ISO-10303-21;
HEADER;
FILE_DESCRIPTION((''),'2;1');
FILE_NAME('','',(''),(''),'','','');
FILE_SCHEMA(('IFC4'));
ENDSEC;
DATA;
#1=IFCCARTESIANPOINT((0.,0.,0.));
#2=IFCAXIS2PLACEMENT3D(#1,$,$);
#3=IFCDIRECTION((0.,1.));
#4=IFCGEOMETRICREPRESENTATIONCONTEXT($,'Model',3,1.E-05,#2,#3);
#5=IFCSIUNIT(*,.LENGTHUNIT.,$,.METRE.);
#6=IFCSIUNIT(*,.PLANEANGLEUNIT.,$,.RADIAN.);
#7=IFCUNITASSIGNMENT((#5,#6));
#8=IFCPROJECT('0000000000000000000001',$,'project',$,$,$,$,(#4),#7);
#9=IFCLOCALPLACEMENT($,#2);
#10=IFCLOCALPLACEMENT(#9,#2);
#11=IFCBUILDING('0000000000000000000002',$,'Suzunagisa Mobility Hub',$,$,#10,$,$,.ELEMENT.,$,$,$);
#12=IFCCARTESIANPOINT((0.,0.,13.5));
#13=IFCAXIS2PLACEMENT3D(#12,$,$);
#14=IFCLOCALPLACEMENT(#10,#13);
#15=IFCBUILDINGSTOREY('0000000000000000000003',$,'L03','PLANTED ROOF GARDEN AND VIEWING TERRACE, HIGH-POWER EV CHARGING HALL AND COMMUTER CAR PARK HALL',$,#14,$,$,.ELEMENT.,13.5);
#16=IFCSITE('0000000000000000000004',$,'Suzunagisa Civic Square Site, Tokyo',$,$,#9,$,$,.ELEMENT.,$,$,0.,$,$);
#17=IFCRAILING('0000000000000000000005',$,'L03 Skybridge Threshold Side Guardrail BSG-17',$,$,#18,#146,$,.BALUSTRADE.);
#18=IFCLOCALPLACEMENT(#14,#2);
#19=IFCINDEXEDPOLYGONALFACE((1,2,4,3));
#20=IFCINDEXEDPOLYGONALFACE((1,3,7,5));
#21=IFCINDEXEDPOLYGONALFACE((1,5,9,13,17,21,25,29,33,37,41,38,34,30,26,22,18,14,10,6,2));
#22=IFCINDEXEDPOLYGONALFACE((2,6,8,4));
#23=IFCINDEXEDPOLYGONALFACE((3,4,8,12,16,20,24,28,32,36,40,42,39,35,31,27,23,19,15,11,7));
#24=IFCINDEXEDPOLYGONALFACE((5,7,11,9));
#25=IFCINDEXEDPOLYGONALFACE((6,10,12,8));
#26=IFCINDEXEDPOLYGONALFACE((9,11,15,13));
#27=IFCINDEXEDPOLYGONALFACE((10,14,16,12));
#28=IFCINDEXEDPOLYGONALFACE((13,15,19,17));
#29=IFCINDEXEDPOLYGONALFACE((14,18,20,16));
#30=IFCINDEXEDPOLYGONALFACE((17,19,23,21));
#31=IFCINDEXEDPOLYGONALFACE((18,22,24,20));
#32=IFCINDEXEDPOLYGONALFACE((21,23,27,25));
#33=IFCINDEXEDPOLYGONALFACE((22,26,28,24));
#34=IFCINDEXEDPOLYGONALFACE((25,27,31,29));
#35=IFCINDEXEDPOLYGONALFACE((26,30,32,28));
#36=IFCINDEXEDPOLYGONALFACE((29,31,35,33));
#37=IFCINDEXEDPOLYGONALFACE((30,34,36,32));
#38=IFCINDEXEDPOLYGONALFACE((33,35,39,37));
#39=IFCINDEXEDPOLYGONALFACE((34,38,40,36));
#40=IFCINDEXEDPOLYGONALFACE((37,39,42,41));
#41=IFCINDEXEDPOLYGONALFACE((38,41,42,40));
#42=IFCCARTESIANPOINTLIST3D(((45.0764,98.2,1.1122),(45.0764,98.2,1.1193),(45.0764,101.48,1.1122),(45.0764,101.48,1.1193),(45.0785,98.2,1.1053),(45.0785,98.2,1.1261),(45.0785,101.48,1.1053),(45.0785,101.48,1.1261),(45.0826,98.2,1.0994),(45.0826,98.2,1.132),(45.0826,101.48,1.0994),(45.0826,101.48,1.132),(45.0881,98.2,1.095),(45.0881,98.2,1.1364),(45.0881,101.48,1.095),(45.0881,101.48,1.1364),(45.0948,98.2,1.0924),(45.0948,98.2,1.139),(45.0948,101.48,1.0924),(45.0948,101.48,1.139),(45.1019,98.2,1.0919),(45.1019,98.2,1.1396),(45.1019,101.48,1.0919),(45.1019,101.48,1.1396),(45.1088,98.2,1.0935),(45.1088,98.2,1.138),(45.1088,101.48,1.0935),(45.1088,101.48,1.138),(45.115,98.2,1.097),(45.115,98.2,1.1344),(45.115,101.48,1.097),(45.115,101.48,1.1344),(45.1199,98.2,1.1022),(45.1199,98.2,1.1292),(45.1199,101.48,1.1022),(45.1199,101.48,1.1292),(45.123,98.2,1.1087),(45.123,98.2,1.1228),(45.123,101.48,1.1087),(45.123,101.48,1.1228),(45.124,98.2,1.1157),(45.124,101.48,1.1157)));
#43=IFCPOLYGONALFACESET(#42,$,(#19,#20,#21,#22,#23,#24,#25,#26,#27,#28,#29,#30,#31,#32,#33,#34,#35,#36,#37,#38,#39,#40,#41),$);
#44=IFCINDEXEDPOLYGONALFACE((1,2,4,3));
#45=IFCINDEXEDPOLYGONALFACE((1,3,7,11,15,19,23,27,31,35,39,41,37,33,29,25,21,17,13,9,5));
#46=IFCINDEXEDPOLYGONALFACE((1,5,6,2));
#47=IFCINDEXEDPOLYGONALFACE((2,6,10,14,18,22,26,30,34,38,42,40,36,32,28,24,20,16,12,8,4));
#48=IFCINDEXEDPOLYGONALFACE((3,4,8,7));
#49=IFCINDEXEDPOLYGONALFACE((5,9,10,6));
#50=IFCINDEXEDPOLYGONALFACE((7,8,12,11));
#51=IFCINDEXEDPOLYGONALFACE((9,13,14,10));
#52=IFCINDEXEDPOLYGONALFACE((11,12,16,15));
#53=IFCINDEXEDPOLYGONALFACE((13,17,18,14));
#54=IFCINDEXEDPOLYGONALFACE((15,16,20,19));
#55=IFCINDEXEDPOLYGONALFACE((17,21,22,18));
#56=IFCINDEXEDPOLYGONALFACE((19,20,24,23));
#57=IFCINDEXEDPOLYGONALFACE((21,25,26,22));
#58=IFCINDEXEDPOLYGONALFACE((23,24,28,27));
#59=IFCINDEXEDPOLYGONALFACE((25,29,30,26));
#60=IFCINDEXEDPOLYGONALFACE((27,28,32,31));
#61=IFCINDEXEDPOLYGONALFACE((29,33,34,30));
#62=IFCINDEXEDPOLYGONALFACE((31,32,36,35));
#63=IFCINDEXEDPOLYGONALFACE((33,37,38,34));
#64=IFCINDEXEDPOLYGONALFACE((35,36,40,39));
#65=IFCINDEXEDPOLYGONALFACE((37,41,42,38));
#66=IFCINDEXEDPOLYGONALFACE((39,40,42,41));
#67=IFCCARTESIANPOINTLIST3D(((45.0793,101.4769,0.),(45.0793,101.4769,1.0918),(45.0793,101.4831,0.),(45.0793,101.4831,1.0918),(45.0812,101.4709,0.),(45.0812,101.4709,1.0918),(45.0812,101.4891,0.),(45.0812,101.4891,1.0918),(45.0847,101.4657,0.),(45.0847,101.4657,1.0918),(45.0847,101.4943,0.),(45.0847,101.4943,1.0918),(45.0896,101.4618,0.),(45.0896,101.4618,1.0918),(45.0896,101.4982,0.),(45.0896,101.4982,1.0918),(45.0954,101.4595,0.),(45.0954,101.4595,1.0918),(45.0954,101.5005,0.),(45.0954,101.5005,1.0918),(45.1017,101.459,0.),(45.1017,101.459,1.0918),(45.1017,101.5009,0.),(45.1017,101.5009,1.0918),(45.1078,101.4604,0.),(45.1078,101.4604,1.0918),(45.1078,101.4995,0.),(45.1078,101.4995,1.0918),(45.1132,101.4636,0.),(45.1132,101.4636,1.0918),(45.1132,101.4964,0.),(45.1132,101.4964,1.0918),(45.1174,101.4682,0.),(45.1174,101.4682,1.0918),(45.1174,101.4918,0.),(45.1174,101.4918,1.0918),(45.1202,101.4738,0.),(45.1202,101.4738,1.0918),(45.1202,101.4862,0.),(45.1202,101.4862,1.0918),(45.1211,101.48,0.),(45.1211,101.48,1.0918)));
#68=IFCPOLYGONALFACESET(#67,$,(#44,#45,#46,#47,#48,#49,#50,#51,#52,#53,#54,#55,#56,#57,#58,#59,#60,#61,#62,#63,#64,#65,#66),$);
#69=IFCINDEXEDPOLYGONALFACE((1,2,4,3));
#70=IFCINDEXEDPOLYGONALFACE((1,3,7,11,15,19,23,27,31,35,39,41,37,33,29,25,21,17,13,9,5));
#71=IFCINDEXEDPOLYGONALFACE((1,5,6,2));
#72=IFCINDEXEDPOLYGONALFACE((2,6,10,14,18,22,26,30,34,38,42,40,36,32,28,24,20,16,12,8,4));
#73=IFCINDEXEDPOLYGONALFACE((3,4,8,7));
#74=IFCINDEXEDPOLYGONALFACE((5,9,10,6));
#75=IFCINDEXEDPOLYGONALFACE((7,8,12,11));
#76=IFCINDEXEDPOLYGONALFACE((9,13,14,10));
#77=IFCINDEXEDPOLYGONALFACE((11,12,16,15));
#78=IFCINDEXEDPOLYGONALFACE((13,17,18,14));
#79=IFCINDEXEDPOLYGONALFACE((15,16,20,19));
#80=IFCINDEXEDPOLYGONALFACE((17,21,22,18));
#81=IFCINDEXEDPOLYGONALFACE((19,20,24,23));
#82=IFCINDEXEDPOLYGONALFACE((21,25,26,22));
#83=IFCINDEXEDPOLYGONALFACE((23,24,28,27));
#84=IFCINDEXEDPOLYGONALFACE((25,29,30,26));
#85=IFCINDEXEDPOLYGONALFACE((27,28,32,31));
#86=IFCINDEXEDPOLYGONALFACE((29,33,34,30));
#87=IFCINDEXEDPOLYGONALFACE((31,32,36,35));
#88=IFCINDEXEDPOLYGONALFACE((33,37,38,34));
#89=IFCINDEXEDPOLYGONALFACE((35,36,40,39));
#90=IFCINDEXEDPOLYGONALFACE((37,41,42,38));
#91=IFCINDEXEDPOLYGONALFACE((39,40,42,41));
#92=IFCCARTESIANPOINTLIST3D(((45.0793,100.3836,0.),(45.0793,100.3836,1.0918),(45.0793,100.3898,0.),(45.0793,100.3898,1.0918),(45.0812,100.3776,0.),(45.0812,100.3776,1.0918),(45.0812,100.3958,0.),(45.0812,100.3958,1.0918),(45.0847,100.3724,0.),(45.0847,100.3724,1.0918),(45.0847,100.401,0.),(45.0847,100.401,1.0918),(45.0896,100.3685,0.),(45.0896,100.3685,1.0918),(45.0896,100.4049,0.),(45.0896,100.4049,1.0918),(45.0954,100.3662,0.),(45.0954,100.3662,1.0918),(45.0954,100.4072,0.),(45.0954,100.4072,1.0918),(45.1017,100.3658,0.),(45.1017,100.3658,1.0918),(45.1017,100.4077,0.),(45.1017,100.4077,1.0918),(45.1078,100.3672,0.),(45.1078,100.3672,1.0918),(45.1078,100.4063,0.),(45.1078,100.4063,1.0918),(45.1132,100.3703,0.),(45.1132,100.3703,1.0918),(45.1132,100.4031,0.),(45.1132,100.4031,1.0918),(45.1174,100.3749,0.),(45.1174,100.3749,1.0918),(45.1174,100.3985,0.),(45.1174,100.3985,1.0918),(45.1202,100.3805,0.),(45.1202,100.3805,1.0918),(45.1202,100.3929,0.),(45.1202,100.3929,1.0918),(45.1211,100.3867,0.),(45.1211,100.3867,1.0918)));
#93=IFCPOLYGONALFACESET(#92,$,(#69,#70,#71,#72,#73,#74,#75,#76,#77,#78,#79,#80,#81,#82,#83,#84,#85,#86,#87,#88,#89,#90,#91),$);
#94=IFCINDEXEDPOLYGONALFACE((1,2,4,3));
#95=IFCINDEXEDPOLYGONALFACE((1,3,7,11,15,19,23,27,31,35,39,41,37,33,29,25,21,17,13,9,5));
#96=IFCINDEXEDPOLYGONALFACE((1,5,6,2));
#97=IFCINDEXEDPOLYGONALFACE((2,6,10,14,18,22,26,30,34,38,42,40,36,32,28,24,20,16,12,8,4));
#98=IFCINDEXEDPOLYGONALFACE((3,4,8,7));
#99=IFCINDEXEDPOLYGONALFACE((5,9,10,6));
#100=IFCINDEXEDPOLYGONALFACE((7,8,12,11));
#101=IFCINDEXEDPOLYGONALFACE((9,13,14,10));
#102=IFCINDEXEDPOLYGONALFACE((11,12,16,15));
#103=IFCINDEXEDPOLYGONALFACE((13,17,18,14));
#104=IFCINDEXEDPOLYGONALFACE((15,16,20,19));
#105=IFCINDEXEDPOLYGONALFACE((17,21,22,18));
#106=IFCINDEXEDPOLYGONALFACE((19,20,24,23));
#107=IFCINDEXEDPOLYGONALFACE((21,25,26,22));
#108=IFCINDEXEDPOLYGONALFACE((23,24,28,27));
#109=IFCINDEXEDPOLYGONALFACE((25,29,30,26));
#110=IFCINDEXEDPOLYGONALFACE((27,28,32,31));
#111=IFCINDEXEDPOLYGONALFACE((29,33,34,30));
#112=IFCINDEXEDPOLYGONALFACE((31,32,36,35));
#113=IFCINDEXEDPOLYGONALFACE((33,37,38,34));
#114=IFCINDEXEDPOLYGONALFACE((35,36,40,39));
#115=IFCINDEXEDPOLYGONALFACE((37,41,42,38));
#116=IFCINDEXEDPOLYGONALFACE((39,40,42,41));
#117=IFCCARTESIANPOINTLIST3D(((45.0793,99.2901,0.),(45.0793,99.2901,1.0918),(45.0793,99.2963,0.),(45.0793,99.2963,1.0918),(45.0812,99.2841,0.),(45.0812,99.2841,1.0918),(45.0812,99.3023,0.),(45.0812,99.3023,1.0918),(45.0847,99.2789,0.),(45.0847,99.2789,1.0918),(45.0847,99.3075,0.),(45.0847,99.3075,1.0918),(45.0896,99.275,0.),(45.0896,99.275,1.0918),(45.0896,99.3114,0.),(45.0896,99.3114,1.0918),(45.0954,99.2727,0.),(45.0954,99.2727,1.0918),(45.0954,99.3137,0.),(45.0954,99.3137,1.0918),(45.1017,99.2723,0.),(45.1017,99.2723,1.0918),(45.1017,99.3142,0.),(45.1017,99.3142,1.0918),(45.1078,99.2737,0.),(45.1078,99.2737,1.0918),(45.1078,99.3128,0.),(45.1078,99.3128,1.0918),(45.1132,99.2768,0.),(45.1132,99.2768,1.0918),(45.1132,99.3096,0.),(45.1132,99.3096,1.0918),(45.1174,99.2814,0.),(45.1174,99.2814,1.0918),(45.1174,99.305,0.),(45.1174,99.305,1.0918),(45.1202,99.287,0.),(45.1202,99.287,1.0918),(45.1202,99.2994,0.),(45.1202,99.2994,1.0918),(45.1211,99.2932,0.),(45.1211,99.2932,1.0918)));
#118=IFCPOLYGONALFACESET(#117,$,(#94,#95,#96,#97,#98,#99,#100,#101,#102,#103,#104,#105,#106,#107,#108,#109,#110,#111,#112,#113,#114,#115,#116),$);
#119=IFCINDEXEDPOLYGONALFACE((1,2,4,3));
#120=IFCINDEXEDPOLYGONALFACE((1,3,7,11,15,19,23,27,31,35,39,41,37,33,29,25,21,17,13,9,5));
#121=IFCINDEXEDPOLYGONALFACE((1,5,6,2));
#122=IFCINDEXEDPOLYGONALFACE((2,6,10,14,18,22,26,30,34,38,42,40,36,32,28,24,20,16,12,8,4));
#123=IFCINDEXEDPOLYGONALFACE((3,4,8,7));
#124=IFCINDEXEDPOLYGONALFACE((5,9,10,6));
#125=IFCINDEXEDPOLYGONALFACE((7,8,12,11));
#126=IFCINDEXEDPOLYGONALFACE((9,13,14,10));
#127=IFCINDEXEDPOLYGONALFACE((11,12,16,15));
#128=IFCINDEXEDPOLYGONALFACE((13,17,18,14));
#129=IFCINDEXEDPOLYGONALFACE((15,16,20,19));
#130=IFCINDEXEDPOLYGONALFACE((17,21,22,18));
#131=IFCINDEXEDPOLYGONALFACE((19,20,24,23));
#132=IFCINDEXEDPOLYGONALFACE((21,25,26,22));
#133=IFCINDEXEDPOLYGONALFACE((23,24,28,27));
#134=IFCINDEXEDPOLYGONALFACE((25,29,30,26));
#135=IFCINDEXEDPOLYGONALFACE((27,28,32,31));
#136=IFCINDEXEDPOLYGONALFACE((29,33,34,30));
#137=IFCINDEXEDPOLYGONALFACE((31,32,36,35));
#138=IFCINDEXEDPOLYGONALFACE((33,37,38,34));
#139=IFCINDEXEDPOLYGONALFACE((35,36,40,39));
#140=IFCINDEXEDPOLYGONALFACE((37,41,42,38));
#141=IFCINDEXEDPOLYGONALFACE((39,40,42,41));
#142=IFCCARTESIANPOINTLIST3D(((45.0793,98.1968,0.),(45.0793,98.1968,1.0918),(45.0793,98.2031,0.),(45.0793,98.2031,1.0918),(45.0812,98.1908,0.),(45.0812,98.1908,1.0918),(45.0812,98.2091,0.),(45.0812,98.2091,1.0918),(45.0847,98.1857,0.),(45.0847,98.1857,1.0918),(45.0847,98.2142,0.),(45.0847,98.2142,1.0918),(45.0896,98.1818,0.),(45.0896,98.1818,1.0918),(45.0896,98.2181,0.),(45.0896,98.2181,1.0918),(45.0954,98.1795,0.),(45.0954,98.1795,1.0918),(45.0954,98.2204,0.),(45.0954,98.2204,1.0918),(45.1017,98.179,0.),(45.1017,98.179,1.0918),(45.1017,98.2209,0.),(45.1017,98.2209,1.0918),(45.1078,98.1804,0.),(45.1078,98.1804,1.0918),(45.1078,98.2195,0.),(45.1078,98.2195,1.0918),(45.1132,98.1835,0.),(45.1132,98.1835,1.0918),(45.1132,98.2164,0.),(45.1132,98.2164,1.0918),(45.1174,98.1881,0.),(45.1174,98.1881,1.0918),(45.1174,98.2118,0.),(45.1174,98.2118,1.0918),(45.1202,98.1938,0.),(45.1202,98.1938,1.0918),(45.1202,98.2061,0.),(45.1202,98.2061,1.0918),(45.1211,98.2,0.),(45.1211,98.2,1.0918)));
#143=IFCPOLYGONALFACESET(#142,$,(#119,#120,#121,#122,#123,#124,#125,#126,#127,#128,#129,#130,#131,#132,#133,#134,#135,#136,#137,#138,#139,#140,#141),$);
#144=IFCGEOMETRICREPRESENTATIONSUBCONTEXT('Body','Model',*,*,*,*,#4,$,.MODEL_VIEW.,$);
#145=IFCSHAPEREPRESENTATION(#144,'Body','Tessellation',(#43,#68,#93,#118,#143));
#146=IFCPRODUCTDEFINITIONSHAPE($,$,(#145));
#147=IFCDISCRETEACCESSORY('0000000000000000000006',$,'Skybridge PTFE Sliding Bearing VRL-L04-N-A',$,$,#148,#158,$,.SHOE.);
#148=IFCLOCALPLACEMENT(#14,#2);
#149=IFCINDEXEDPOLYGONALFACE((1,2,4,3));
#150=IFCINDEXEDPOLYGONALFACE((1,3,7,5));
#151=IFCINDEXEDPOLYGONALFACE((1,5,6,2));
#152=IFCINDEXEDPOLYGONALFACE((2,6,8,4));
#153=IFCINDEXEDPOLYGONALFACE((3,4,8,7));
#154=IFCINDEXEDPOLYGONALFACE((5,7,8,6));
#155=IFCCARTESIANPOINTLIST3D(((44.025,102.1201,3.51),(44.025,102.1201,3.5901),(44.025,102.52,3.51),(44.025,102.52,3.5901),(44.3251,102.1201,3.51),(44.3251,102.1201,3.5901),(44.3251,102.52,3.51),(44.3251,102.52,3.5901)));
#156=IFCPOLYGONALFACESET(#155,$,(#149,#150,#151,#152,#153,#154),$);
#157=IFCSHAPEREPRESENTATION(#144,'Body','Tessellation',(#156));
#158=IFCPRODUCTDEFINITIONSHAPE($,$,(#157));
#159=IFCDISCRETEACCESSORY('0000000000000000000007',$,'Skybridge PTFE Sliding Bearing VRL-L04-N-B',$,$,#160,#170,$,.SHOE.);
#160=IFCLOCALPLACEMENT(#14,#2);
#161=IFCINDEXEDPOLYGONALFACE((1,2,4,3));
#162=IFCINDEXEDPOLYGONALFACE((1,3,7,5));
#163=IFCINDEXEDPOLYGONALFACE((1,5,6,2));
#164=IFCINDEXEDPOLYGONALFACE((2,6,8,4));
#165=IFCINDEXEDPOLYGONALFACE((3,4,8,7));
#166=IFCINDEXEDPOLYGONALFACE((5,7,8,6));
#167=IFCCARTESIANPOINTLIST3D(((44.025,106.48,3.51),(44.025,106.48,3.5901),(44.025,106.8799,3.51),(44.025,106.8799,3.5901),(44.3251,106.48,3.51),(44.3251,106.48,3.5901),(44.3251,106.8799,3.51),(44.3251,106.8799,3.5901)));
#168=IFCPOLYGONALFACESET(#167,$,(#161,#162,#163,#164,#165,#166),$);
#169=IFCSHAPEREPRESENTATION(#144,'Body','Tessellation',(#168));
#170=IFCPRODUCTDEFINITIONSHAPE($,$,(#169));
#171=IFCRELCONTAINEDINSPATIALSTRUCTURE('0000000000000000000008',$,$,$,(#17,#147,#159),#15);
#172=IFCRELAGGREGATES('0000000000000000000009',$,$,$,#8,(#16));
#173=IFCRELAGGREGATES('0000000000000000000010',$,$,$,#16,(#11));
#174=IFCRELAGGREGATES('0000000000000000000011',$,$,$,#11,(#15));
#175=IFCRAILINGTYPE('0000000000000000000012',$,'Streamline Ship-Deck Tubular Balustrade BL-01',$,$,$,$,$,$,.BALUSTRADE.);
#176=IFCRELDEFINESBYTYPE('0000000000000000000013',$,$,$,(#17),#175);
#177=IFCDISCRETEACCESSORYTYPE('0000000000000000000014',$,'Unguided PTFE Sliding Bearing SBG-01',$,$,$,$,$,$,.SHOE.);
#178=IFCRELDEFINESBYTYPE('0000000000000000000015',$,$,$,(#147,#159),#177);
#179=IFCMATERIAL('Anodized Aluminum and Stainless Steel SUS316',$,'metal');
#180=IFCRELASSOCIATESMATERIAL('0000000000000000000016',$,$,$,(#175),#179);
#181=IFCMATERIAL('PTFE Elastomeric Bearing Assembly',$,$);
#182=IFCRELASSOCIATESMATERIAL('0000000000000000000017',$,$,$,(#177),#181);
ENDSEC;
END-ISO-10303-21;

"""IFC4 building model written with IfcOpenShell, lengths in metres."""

from ifc_helpers import new_model, si_unit, direction, frame, origin, origin_2d, place, context, subcontext, project, spatial, rectangle, circle, extrude, material, type_object, element, save


model = new_model("IFC4")

# Units and contexts
model_context = context("Model", 3, precision=1e-05, world=origin(), true_north=direction((0.0, 1.0)))
body_context = subcontext(model_context, "Body", "Model", "MODEL_VIEW")
ifc_project = project(units=[si_unit("LENGTHUNIT", "METRE"), si_unit("PLANEANGLEUNIT", "RADIAN")], contexts=[model_context])

# Site, building, storey
site_placement = place(None, origin())
site = spatial("IfcSite", under=ifc_project, at=site_placement, Name="Suzunagisa Civic Square Site, Tokyo", CompositionType="ELEMENT", RefElevation=0.0)
building_placement = place(site_placement, origin())
building = spatial("IfcBuilding", under=site, at=building_placement, Name="Suzunagisa Mobility Hub", CompositionType="ELEMENT")
storey_placement = place(building_placement, frame((0.0, 0.0, 13.5)))
storey = spatial("IfcBuildingStorey", under=building, at=storey_placement, Name="L03", Description="PLANTED ROOF GARDEN AND VIEWING TERRACE, HIGH-POWER EV CHARGING HALL AND COMMUTER CAR PARK HALL", CompositionType="ELEMENT", Elevation=13.5)

# Railing
ifc_material_1 = material(Name="Anodized Aluminum and Stainless Steel SUS316", Category="metal")
railing_type = type_object("IfcRailingType", Name="Streamline Ship-Deck Tubular Balustrade BL-01", PredefinedType="BALUSTRADE", material=ifc_material_1)
railing_placement = place(storey_placement, frame((45.1001, 101.48, 0.0)))
element("IfcRailing", 1, at=railing_placement, inside=storey, type_object=railing_type, Name="L03 Skybridge Threshold Side Guardrail BSG-17", PredefinedType="BALUSTRADE", context=body_context, shape_type="SweptSolid", body=[
    extrude(circle(Radius=0.0239, at=origin_2d()), frame((0.0, 0.0, 1.1157), z_axis=(0.0, -1.0, 0.0), x_axis=(1.0, 0.0, 0.0)), (0.0, 0.0, 1.0), 3.28),
    extrude(circle(Radius=0.021, at=origin_2d()), origin(), (0.0, 0.0, 1.0), 1.0918),
    extrude(circle(Radius=0.021, at=origin_2d()), frame((0.0, -1.0933, 0.0)), (0.0, 0.0, 1.0), 1.0918),
    extrude(circle(Radius=0.021, at=origin_2d()), frame((0.0, -2.1868, 0.0)), (0.0, 0.0, 1.0), 1.0918),
    extrude(circle(Radius=0.021, at=origin_2d()), frame((0.0, -3.28, 0.0)), (0.0, 0.0, 1.0), 1.0918),
])

# Discrete accessories
ifc_material_2 = material(Name="PTFE Elastomeric Bearing Assembly")
discrete_accessory_type = type_object("IfcDiscreteAccessoryType", Name="Unguided PTFE Sliding Bearing SBG-01", PredefinedType="SHOE", material=ifc_material_2)
for number, where, z_axis, x_axis, name in (
    (2, (44.175, 102.3201, 3.51), (0.0, 0.0, 1.0), (1.0, 0.0, 0.0), "Skybridge PTFE Sliding Bearing VRL-L04-N-A"),
    (3, (44.175, 106.6799, 3.51), (0.0, 0.0, 1.0), (1.0, 0.0, 0.0), "Skybridge PTFE Sliding Bearing VRL-L04-N-B"),
):
    element("IfcDiscreteAccessory", number, at=place(storey_placement, frame(where, z_axis=z_axis, x_axis=x_axis)), inside=storey, type_object=discrete_accessory_type, Name=name, PredefinedType="SHOE", context=body_context, shape_type="SweptSolid", body=[
        extrude(rectangle(XDim=0.3, YDim=0.3999, at=origin_2d()), origin(), (0.0, 0.0, 1.0), 0.0801),
    ])

save(model, "model.ifc")
